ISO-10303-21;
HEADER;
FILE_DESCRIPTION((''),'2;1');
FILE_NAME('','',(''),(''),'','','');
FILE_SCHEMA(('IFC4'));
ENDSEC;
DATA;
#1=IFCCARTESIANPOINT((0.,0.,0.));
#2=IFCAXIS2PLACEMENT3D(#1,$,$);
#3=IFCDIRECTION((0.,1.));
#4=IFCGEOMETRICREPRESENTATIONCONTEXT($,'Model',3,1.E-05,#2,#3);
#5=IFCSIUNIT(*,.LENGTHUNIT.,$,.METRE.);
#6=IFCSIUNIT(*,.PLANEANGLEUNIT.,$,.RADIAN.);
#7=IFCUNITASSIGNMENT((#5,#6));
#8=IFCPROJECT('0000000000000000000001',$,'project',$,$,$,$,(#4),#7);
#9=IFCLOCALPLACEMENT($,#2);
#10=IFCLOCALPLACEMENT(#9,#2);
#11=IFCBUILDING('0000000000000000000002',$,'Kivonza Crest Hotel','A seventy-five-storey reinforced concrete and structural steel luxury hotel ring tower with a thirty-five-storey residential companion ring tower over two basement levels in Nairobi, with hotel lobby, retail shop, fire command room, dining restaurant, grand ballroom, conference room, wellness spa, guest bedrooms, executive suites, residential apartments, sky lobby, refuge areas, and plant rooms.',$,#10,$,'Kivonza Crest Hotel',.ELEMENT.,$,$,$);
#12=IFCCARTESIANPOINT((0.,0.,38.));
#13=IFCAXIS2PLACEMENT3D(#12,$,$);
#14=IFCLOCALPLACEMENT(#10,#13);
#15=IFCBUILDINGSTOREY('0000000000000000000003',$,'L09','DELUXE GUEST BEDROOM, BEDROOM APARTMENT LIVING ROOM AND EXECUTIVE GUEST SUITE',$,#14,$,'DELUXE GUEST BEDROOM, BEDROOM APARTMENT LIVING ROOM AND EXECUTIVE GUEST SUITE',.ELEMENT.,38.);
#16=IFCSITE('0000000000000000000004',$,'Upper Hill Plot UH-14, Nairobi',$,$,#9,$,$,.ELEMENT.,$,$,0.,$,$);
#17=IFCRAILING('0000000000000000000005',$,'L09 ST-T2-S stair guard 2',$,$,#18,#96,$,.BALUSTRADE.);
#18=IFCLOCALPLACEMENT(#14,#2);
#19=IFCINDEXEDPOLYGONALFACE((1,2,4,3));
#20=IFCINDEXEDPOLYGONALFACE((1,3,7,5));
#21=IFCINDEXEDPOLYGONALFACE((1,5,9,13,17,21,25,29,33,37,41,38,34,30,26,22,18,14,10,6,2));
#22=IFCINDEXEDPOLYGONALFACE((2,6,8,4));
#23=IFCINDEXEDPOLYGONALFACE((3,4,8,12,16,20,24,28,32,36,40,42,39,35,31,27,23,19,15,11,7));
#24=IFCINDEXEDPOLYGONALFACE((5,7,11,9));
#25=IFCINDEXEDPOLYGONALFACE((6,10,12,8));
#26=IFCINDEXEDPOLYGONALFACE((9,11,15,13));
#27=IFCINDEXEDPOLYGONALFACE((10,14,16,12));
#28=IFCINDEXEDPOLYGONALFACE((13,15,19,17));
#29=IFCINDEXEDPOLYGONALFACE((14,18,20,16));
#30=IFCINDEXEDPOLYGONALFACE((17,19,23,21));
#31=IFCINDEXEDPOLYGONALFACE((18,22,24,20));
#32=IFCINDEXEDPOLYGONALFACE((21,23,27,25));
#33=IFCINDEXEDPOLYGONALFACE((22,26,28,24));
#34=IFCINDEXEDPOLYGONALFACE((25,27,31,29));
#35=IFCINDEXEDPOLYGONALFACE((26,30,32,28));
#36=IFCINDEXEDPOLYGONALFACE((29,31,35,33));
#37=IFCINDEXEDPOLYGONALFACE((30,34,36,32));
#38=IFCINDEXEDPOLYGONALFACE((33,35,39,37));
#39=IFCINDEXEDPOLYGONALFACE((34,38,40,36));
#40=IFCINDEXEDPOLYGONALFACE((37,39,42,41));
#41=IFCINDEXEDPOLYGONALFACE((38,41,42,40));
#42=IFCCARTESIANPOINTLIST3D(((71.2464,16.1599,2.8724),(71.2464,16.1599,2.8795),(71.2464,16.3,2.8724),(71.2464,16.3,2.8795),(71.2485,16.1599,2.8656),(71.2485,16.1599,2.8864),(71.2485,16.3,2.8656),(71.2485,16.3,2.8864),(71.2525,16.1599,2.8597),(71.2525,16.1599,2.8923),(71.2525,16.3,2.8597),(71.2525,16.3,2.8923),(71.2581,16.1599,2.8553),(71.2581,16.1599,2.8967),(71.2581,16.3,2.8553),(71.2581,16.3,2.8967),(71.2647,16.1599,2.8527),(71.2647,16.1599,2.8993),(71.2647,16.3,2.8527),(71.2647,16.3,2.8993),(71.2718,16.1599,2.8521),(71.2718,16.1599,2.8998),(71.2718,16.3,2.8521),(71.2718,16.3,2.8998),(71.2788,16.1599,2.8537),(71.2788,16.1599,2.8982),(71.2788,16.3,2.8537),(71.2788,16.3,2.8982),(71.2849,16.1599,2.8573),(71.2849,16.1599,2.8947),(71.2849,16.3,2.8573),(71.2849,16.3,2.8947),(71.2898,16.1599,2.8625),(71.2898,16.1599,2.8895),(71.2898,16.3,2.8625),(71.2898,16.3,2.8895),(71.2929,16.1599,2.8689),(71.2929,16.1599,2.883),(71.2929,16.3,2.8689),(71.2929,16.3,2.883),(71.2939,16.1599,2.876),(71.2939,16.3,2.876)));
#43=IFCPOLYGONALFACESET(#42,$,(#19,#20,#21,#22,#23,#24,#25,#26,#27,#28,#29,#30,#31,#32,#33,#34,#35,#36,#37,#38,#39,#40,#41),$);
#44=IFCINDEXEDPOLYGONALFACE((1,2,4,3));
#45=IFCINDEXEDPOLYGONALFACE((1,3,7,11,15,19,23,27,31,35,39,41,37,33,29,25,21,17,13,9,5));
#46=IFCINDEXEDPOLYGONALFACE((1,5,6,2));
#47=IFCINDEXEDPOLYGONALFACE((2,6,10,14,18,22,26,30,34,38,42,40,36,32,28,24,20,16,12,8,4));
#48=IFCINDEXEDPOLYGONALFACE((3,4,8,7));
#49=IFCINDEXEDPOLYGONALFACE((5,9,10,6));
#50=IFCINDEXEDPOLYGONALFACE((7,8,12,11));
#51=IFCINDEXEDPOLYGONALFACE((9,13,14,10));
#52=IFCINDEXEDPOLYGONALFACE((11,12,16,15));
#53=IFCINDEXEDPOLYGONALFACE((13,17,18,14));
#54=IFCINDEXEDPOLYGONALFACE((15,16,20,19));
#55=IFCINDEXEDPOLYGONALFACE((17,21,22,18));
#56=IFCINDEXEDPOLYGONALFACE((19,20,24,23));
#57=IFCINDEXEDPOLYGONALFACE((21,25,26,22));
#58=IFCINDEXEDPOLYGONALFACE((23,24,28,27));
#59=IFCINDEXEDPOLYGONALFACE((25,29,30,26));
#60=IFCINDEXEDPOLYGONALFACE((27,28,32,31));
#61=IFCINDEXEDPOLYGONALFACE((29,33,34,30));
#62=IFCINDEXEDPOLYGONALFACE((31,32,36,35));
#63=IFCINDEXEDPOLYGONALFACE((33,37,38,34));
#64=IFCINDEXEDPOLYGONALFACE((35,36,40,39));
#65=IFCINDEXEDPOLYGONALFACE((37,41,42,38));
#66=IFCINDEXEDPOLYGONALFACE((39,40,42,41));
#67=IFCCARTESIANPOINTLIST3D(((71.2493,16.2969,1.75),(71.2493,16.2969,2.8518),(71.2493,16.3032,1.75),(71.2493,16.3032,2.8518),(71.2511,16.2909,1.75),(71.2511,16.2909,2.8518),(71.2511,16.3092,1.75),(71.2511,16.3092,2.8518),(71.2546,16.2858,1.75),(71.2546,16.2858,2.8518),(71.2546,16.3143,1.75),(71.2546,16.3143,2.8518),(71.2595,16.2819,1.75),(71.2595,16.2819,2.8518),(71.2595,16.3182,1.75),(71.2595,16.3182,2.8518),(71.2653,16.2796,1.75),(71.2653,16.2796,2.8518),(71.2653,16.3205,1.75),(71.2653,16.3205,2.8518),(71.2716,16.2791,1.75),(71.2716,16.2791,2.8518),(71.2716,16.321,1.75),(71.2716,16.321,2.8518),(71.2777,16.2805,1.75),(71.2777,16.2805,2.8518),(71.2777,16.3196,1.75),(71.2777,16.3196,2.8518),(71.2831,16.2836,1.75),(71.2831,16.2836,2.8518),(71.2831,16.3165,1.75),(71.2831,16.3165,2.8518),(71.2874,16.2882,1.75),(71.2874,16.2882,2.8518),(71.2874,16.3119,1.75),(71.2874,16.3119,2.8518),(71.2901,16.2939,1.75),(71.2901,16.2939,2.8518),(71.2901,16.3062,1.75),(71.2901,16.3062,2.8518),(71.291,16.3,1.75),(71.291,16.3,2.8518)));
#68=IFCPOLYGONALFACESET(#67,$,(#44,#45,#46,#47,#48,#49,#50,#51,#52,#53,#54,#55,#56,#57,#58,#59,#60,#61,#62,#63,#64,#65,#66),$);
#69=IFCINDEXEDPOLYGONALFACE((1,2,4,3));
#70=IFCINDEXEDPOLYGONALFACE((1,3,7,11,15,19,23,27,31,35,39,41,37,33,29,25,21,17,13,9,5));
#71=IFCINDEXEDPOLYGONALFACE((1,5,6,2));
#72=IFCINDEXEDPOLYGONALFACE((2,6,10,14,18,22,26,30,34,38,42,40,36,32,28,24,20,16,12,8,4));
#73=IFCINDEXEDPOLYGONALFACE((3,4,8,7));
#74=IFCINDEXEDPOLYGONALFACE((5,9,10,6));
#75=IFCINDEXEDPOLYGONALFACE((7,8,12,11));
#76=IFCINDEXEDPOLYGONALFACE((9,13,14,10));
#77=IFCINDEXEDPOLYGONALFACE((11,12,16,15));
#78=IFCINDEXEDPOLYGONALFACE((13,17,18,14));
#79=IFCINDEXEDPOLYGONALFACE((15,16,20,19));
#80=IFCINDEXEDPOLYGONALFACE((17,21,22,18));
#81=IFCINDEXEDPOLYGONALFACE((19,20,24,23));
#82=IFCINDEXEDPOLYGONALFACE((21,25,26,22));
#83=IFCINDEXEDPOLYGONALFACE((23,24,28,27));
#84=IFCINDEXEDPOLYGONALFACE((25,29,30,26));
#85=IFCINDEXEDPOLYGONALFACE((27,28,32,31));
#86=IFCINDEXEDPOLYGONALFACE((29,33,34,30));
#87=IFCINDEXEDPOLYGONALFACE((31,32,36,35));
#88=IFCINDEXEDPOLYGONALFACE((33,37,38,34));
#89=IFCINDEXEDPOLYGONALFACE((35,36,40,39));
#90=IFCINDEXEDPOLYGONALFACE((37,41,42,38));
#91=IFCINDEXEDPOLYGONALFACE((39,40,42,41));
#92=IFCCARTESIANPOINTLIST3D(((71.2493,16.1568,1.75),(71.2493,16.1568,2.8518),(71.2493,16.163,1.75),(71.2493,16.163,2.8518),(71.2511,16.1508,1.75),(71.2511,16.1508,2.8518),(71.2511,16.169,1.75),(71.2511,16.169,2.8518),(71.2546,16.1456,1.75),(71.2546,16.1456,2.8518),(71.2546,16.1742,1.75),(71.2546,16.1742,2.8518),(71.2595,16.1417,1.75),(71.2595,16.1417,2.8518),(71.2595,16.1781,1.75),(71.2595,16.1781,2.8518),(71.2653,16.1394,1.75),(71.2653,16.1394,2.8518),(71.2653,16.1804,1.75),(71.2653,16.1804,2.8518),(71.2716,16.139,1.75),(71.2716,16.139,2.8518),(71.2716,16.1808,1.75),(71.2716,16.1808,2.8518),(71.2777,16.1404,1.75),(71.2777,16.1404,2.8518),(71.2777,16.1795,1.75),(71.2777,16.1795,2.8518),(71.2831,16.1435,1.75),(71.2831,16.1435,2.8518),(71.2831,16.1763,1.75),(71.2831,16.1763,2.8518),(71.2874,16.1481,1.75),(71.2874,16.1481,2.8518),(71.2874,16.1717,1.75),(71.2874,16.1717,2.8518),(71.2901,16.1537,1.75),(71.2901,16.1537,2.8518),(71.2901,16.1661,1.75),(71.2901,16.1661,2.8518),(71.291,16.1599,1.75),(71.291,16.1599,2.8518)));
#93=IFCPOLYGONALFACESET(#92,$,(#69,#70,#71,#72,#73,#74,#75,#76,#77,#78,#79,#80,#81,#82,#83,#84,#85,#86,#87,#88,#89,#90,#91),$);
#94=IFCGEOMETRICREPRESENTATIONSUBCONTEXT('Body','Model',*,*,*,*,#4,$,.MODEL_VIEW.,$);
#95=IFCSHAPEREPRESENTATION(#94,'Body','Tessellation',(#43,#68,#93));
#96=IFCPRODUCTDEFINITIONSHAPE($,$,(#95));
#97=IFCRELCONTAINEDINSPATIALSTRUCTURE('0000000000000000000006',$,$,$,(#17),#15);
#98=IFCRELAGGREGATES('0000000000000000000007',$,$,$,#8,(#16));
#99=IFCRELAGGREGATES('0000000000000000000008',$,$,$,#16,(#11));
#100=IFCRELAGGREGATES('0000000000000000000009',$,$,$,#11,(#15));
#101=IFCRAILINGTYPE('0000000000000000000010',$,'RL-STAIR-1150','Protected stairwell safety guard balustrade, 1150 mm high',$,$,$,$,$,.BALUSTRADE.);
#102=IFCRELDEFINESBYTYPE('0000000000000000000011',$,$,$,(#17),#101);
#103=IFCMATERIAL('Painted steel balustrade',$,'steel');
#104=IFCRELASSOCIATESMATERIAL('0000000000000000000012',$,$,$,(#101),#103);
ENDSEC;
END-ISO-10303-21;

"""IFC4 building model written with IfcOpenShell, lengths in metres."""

from ifc_helpers import new_model, si_unit, direction, frame, origin, origin_2d, place, context, subcontext, project, spatial, circle, extrude, material, type_object, element, save


model = new_model("IFC4")

# Units and contexts
model_context = context("Model", 3, precision=1e-05, world=origin(), true_north=direction((0.0, 1.0)))
body_context = subcontext(model_context, "Body", "Model", "MODEL_VIEW")
ifc_project = project(units=[si_unit("LENGTHUNIT", "METRE"), si_unit("PLANEANGLEUNIT", "RADIAN")], contexts=[model_context])

# Site, building, storey
site_placement = place(None, origin())
site = spatial("IfcSite", under=ifc_project, at=site_placement, Name="Upper Hill Plot UH-14, Nairobi", CompositionType="ELEMENT", RefElevation=0.0)
building_placement = place(site_placement, origin())
building = spatial("IfcBuilding", under=site, at=building_placement, Name="Kivonza Crest Hotel", Description="A seventy-five-storey reinforced concrete and structural steel luxury hotel ring tower with a thirty-five-storey residential companion ring tower over two basement levels in Nairobi, with hotel lobby, retail shop, fire command room, dining restaurant, grand ballroom, conference room, wellness spa, guest bedrooms, executive suites, residential apartments, sky lobby, refuge areas, and plant rooms.", LongName="Kivonza Crest Hotel", CompositionType="ELEMENT")
storey_placement = place(building_placement, frame((0.0, 0.0, 38.0)))
storey = spatial("IfcBuildingStorey", under=building, at=storey_placement, Name="L09", Description="DELUXE GUEST BEDROOM, BEDROOM APARTMENT LIVING ROOM AND EXECUTIVE GUEST SUITE", LongName="DELUXE GUEST BEDROOM, BEDROOM APARTMENT LIVING ROOM AND EXECUTIVE GUEST SUITE", CompositionType="ELEMENT", Elevation=38.0)

# Railing
ifc_material_1 = material(Name="Painted steel balustrade", Category="steel")
railing_type_1 = type_object("IfcRailingType", Name="RL-STAIR-1150", Description="Protected stairwell safety guard balustrade, 1150 mm high", PredefinedType="BALUSTRADE", material=ifc_material_1)
railing_1_placement = place(storey_placement, frame((71.27, 16.3, 1.75)))
element("IfcRailing", 1, at=railing_1_placement, inside=storey, type_object=railing_type_1, Name="L09 ST-T2-S stair guard 2", PredefinedType="BALUSTRADE", context=body_context, shape_type="SweptSolid", body=[
    extrude(circle(Radius=0.0239, at=origin_2d()), frame((0.0, 0.0, 1.126), z_axis=(0.0, -1.0, 0.0), x_axis=(1.0, 0.0, 0.0)), (0.0, 0.0, 1.0), 0.1401),
    extrude(circle(Radius=0.021, at=origin_2d()), origin(), (0.0, 0.0, 1.0), 1.1018),
    extrude(circle(Radius=0.021, at=origin_2d()), frame((0.0, -0.1401, 0.0)), (0.0, 0.0, 1.0), 1.1018),
])

save(model, "model.ifc")
